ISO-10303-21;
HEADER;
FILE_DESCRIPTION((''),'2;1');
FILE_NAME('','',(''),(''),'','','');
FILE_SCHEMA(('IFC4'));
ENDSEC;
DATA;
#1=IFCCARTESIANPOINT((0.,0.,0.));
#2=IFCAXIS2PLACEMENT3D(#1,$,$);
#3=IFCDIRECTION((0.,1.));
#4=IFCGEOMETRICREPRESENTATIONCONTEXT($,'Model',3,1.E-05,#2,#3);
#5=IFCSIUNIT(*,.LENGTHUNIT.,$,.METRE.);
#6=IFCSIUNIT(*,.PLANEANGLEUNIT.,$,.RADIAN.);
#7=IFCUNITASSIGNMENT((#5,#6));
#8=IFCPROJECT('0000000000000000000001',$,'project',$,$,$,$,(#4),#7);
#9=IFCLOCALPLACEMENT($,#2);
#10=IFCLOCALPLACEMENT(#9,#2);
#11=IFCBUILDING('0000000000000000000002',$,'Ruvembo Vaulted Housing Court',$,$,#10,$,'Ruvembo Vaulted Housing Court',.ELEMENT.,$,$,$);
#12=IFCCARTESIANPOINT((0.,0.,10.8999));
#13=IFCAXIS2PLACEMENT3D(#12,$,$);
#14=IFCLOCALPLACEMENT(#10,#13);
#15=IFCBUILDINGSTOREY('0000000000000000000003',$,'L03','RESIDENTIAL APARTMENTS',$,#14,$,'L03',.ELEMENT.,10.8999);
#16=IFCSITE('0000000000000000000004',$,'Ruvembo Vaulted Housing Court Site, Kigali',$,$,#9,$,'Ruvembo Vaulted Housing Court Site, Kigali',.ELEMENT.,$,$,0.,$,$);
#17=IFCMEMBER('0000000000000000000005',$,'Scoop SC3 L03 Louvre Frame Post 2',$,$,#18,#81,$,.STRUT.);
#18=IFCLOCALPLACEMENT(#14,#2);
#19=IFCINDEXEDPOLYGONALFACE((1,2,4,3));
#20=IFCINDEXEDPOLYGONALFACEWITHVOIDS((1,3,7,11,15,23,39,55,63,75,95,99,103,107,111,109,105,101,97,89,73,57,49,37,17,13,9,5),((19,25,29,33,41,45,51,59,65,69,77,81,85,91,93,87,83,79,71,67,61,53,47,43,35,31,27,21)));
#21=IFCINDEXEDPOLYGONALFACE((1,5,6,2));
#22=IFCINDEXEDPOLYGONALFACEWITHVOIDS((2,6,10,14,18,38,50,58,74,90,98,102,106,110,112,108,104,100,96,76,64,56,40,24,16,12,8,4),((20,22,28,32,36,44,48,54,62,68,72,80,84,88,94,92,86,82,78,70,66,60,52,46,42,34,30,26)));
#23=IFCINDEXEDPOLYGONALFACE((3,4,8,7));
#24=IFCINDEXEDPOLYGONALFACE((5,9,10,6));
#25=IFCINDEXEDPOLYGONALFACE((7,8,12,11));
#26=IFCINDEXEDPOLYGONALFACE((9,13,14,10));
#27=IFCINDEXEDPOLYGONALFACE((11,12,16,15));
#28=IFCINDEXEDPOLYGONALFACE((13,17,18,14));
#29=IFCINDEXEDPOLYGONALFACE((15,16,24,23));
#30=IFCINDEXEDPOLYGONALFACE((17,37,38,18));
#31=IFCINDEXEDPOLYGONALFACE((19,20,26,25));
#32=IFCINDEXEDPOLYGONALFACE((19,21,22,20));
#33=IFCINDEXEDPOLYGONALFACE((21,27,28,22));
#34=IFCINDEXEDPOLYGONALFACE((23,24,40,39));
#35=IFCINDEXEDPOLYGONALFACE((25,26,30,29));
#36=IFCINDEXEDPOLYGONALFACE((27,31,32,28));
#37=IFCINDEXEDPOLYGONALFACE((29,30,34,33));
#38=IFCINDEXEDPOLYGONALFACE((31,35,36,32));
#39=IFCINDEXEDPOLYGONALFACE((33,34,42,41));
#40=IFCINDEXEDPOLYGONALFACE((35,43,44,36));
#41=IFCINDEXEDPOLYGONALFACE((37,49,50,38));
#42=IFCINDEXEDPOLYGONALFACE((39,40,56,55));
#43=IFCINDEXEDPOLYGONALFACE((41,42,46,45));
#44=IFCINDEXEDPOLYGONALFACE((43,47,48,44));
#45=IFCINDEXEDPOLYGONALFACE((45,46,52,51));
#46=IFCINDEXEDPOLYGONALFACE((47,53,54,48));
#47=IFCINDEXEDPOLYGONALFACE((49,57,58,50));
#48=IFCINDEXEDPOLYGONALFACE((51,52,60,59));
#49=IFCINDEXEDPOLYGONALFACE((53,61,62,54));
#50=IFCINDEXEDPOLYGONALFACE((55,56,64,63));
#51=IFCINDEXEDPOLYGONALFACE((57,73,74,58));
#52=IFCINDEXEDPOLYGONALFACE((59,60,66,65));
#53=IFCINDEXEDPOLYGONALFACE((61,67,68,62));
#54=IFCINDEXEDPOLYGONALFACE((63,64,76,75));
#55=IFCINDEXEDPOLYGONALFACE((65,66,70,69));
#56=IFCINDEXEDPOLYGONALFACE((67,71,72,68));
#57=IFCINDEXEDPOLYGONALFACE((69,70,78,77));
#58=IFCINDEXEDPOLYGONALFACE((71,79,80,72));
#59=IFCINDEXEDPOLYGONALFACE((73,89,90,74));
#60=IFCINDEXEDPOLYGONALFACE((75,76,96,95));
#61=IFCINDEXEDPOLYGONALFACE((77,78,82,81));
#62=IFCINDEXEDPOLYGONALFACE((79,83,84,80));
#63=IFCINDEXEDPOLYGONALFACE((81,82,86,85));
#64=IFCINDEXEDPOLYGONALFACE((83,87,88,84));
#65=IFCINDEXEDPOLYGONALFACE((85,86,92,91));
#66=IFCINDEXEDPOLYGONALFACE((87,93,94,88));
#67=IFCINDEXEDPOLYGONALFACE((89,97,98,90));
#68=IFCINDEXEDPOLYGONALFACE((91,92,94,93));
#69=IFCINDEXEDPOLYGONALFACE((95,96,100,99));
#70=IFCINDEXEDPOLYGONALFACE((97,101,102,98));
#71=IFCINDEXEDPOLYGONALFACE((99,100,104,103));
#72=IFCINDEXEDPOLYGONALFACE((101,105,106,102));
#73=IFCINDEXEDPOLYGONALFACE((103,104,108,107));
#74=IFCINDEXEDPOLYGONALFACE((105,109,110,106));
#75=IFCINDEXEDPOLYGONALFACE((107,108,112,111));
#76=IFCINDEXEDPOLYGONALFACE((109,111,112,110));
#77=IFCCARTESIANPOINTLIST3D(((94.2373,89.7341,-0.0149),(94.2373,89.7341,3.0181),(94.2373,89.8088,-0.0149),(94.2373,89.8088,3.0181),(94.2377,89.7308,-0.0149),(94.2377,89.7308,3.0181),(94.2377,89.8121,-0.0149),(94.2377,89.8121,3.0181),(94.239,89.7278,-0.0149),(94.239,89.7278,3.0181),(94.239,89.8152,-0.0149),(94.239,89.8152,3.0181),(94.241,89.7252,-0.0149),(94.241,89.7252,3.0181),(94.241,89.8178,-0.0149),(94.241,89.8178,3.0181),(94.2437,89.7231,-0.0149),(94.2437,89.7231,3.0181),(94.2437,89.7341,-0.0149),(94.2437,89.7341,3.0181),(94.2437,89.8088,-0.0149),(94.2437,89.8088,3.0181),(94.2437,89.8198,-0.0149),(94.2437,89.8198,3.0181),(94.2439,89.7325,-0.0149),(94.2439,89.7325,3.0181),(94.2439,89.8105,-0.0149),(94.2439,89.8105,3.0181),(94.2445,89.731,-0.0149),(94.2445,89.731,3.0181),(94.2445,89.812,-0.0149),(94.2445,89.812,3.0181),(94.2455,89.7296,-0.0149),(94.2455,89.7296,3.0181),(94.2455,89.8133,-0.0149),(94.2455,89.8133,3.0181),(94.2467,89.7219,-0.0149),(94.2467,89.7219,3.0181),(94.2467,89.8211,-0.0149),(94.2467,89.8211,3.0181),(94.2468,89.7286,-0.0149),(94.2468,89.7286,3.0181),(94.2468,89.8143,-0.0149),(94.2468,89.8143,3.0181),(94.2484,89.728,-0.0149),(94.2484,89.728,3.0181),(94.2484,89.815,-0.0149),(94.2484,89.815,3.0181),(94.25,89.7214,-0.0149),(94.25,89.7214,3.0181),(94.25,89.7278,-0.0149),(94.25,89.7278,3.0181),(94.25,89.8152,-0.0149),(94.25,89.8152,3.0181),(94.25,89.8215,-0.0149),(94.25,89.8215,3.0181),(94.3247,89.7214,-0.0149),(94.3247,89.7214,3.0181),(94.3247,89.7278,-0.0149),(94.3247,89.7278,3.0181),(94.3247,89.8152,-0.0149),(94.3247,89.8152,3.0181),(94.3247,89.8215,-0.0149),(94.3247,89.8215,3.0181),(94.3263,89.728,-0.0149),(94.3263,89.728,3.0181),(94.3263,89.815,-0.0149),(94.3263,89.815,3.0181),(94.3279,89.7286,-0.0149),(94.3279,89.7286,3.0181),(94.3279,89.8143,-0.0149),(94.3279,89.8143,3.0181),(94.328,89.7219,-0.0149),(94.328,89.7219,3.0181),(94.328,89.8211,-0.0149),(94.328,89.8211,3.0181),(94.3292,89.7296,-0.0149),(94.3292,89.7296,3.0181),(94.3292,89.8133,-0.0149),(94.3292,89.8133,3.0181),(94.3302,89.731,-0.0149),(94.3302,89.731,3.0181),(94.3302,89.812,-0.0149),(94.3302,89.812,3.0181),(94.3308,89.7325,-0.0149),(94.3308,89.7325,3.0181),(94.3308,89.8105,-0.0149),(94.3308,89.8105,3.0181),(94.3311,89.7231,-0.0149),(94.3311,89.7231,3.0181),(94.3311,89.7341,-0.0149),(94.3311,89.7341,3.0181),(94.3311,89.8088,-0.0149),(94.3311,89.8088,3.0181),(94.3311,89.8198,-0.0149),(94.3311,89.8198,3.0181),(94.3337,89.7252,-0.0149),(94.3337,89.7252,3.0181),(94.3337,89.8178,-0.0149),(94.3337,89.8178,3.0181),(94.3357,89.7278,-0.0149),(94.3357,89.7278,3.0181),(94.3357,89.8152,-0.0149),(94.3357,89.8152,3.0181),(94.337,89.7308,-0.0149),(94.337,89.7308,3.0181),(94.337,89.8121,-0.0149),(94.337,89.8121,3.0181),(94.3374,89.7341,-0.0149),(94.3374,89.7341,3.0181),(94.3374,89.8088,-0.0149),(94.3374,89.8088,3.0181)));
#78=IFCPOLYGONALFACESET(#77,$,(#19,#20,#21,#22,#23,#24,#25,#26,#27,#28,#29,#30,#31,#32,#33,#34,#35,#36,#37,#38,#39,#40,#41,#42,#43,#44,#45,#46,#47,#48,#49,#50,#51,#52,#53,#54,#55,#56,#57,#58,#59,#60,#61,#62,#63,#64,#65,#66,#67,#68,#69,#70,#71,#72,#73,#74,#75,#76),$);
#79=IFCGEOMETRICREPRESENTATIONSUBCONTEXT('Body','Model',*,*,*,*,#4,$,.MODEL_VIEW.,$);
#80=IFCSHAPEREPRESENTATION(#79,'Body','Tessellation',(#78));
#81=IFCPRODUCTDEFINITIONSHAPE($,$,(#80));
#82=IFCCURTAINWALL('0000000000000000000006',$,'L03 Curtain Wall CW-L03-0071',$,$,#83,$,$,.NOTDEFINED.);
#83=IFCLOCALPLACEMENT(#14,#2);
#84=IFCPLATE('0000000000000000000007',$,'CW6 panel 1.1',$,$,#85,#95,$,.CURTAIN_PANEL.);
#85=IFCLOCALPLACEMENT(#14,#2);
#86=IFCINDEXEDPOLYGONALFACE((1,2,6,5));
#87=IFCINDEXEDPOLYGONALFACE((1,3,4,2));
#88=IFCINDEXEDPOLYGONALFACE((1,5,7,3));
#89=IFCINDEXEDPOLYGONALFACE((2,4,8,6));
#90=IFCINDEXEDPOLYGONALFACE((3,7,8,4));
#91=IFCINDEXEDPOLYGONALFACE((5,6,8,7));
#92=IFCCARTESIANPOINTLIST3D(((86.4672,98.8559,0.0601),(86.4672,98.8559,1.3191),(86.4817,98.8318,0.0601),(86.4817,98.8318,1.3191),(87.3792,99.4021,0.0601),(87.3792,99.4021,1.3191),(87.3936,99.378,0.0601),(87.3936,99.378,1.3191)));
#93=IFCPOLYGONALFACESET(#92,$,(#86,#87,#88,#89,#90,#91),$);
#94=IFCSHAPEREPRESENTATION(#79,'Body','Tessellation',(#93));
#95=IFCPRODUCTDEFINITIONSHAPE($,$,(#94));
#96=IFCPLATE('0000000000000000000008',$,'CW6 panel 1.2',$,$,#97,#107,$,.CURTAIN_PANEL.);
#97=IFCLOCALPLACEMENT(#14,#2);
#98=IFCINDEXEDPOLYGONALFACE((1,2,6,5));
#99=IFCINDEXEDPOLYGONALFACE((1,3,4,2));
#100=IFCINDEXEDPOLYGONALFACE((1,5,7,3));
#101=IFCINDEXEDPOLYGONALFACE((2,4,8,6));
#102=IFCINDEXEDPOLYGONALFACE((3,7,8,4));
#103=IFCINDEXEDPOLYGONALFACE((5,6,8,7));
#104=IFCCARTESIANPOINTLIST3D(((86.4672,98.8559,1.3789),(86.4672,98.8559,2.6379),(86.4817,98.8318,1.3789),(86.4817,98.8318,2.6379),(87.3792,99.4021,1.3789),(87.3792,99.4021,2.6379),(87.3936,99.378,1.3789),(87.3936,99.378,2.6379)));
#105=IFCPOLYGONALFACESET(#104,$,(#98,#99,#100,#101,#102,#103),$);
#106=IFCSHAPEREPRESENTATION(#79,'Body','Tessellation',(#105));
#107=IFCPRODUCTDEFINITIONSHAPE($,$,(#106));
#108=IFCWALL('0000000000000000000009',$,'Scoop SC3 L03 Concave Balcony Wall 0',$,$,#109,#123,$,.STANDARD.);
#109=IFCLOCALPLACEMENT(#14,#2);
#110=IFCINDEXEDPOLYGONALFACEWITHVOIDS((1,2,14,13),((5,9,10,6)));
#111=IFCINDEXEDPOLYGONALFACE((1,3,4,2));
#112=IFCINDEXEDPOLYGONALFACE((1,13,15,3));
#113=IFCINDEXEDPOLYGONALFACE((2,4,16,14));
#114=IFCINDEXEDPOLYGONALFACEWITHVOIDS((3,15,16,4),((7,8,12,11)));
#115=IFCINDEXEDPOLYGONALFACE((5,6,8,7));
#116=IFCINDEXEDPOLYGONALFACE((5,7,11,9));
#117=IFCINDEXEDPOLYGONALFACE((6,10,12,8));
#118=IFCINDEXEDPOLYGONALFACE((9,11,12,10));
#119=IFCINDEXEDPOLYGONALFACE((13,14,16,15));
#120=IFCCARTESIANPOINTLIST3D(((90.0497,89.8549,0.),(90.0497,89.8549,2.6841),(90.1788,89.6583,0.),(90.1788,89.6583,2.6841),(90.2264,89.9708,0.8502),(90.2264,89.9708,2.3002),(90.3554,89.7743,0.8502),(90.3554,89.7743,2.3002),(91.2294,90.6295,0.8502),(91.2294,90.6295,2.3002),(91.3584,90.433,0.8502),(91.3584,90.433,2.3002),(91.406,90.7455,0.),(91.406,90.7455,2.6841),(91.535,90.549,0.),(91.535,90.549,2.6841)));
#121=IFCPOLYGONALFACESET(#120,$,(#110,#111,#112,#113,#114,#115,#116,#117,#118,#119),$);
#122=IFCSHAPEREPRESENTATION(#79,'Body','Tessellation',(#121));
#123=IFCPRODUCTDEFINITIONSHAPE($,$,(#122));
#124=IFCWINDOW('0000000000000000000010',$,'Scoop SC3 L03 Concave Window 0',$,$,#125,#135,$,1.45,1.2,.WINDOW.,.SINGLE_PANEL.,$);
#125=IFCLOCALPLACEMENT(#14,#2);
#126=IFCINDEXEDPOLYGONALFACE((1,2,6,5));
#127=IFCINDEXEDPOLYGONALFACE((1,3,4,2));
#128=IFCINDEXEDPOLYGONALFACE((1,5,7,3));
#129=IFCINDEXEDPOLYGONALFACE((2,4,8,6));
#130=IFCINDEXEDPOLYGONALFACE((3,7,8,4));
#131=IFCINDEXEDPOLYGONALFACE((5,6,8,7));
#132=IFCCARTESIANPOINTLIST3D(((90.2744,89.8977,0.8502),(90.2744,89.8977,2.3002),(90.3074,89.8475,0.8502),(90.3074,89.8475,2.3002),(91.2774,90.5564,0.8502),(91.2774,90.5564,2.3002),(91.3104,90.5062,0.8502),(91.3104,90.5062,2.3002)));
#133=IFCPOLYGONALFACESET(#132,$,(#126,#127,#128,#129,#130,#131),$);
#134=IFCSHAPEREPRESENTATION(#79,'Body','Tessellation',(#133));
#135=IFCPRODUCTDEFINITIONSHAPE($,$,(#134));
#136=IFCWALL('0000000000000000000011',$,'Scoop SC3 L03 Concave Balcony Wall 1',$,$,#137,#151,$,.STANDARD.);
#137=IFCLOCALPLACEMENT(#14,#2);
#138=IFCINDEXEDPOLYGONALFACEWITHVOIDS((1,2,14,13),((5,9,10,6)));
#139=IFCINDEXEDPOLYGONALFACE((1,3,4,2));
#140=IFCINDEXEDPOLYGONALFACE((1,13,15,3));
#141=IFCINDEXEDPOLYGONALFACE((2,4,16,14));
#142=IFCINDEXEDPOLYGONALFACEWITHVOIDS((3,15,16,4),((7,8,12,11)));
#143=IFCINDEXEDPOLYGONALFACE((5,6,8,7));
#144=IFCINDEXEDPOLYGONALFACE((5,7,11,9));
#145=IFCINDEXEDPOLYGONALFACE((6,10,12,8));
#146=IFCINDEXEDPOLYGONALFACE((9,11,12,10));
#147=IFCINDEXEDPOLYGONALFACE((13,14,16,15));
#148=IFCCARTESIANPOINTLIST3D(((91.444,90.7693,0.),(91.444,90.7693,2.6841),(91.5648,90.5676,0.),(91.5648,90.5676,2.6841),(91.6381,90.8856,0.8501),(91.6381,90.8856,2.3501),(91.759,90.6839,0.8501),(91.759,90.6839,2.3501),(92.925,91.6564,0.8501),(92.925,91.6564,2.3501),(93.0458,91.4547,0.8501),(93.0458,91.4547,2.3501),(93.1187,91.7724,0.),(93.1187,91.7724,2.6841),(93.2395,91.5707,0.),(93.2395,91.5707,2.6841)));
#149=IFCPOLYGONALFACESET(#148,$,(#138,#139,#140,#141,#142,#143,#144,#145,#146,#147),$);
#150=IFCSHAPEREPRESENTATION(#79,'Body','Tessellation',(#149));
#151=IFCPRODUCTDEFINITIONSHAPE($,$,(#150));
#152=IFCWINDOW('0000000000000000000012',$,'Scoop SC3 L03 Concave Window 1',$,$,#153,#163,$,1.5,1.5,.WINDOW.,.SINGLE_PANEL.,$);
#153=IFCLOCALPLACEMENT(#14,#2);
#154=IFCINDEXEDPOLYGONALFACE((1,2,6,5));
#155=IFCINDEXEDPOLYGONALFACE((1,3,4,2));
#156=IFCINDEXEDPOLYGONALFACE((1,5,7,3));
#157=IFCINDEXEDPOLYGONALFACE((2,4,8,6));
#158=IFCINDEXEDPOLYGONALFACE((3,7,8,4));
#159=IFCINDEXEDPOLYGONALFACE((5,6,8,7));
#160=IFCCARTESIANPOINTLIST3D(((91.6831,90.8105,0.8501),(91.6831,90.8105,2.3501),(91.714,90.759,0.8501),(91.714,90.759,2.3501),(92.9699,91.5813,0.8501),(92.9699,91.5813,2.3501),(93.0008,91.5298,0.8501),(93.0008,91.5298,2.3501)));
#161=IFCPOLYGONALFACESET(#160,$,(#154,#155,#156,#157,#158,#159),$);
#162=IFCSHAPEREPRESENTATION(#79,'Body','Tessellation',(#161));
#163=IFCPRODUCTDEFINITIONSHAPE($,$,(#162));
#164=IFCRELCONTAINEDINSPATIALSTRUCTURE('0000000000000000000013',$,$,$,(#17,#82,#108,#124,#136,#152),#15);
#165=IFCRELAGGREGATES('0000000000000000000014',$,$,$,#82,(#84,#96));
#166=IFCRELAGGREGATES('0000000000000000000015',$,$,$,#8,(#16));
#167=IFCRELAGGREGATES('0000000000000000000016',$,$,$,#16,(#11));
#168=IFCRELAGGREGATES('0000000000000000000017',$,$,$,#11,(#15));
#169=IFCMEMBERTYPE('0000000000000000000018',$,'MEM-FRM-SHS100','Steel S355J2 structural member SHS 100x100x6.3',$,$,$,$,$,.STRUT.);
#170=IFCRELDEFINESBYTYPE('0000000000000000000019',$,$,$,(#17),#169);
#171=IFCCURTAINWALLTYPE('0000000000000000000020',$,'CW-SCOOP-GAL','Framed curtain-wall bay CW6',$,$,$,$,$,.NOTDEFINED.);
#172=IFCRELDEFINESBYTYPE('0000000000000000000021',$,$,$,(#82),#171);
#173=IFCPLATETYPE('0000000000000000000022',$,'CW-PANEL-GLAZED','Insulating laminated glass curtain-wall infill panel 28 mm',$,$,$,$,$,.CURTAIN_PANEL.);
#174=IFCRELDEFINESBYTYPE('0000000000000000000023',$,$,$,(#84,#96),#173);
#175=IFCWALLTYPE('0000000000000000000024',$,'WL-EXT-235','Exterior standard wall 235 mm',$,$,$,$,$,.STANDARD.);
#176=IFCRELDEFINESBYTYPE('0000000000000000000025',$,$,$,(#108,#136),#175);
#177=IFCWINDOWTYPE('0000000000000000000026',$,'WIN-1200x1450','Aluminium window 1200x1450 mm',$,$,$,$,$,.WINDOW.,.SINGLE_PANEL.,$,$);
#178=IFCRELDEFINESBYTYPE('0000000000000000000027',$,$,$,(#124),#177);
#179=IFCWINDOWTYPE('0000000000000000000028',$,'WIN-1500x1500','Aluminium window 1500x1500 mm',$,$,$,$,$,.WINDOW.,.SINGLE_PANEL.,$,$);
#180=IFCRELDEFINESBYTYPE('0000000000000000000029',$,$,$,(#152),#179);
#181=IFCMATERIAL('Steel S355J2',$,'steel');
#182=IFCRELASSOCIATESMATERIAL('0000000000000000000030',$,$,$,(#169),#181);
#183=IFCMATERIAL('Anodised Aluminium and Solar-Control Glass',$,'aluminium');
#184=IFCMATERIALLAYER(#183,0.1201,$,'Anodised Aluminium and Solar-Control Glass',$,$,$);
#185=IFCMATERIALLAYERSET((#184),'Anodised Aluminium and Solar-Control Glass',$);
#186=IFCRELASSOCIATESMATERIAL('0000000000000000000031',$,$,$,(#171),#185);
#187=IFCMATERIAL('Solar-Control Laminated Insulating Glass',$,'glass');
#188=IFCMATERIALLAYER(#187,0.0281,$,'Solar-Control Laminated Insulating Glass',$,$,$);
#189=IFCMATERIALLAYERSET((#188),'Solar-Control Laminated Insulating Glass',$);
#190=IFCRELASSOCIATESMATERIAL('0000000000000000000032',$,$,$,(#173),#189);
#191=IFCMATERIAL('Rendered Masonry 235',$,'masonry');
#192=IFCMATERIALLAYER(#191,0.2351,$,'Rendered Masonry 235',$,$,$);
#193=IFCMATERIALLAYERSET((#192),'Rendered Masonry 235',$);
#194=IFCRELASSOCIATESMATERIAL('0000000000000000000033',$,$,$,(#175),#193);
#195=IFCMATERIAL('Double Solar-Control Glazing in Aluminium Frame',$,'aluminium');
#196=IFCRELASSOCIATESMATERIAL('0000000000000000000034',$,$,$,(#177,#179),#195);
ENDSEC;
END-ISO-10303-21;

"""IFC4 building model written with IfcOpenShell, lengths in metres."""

from ifc_helpers import new_model, si_unit, direction, frame, frame_2d, origin, origin_2d, place, context, subcontext, project, spatial, rectangle, hollow_rectangle, extrude, material, layer, layer_set, material_profile, profile_set, type_object, element, fill, aggregate, save


model = new_model("IFC4")

# Units and contexts
model_context = context("Model", 3, precision=1e-05, world=origin(), true_north=direction((0.0, 1.0)))
body_context = subcontext(model_context, "Body", "Model", "MODEL_VIEW")
ifc_project = project(units=[si_unit("LENGTHUNIT", "METRE"), si_unit("PLANEANGLEUNIT", "RADIAN")], contexts=[model_context])

# Site, building, storey
site_placement = place(None, origin())
site = spatial("IfcSite", under=ifc_project, at=site_placement, Name="Ruvembo Vaulted Housing Court Site, Kigali", LongName="Ruvembo Vaulted Housing Court Site, Kigali", CompositionType="ELEMENT", RefElevation=0.0)
building_placement = place(site_placement, origin())
building = spatial("IfcBuilding", under=site, at=building_placement, Name="Ruvembo Vaulted Housing Court", LongName="Ruvembo Vaulted Housing Court", CompositionType="ELEMENT")
storey_placement = place(building_placement, frame((0.0, 0.0, 10.8999)))
storey = spatial("IfcBuildingStorey", under=building, at=storey_placement, Name="L03", Description="RESIDENTIAL APARTMENTS", LongName="L03", CompositionType="ELEMENT", Elevation=10.8999)

# Shared definitions
ifc_material_1 = material(Name="Steel S355J2", Category="steel")

# Member
ifc_material_profile_1 = material_profile(ifc_material_1, hollow_rectangle(XDim=0.1001, YDim=0.1001, WallThickness=0.0063, InnerFilletRadius=0.0063, OuterFilletRadius=0.0127, at=origin_2d()), Name="SHS 100x100x6.3")
ifc_profile_set_1 = profile_set([ifc_material_profile_1], Name="Steel S355J2")
member_type_1 = type_object("IfcMemberType", Name="MEM-FRM-SHS100", Description="Steel S355J2 structural member SHS 100x100x6.3", PredefinedType="STRUT", material=ifc_profile_set_1)
member_1_placement = place(storey_placement, frame((94.2874, 89.7715, -0.0149), z_axis=(0.0, 0.0, 1.0), x_axis=(1.0, 0.0, 0.0)))
element("IfcMember", 1, at=member_1_placement, inside=storey, type_object=member_type_1, Name="Scoop SC3 L03 Louvre Frame Post 2", PredefinedType="STRUT", context=body_context, shape_type="SweptSolid", body=[
    extrude(hollow_rectangle(XDim=0.1001, YDim=0.1001, WallThickness=0.0063, InnerFilletRadius=0.0063, OuterFilletRadius=0.0127, at=origin_2d()), origin(), (0.0, 0.0, 1.0), 3.033),
])

# Curtain wall, plates
ifc_material_2 = material(Name="Anodised Aluminium and Solar-Control Glass", Category="aluminium")
ifc_layer_1 = layer(ifc_material_2, 0.1201, Name="Anodised Aluminium and Solar-Control Glass")
ifc_layer_set_1 = layer_set([ifc_layer_1], Name="Anodised Aluminium and Solar-Control Glass")
curtain_wall_type = type_object("IfcCurtainWallType", Name="CW-SCOOP-GAL", Description="Framed curtain-wall bay CW6", PredefinedType="NOTDEFINED", material=ifc_layer_set_1)
curtain_wall_placement = place(storey_placement, origin())
curtain_wall = element("IfcCurtainWall", 2, at=curtain_wall_placement, inside=storey, type_object=curtain_wall_type, Name="L03 Curtain Wall CW-L03-0071", PredefinedType="NOTDEFINED")
ifc_material_3 = material(Name="Solar-Control Laminated Insulating Glass", Category="glass")
ifc_layer_2 = layer(ifc_material_3, 0.0281, Name="Solar-Control Laminated Insulating Glass")
ifc_layer_set_2 = layer_set([ifc_layer_2], Name="Solar-Control Laminated Insulating Glass")
plate_type = type_object("IfcPlateType", Name="CW-PANEL-GLAZED", Description="Insulating laminated glass curtain-wall infill panel 28 mm", PredefinedType="CURTAIN_PANEL", material=ifc_layer_set_2)
plate_1_placement = place(storey_placement, frame((86.9304, 99.1169, 0.0601), z_axis=(0.0, 0.0, 1.0), x_axis=(0.857893, 0.513828, 0.0)))
plate_1 = element("IfcPlate", 3, at=plate_1_placement, type_object=plate_type, Name="CW6 panel 1.1", PredefinedType="CURTAIN_PANEL", context=body_context, shape_type="SweptSolid", body=[
    extrude(rectangle(XDim=1.063, YDim=0.0281, at=origin_2d()), origin(), (0.0, 0.0, 1.0), 1.259),
])
plate_2_placement = place(storey_placement, frame((86.9304, 99.1169, 1.3789), z_axis=(0.0, 0.0, 1.0), x_axis=(0.857893, 0.513828, 0.0)))
plate_2 = element("IfcPlate", 4, at=plate_2_placement, type_object=plate_type, Name="CW6 panel 1.2", PredefinedType="CURTAIN_PANEL", context=body_context, shape_type="SweptSolid", body=[
    extrude(rectangle(XDim=1.063, YDim=0.0281, at=origin_2d()), origin(), (0.0, 0.0, 1.0), 1.259),
])
aggregate(curtain_wall, [plate_1, plate_2])

# Walls, openings, windows
ifc_material_4 = material(Name="Rendered Masonry 235", Category="masonry")
ifc_layer_3 = layer(ifc_material_4, 0.2351, Name="Rendered Masonry 235")
ifc_layer_set_3 = layer_set([ifc_layer_3], Name="Rendered Masonry 235")
wall_type_1 = type_object("IfcWallType", Name="WL-EXT-235", Description="Exterior standard wall 235 mm", PredefinedType="STANDARD", material=ifc_layer_set_3)
wall_1_placement = place(storey_placement, frame((90.1143, 89.7566, 0.0), z_axis=(0.0, 0.0, 1.0), x_axis=(0.835873, 0.548923, 0.0)))
wall_1 = element("IfcWall", 5, at=wall_1_placement, inside=storey, type_object=wall_type_1, Name="Scoop SC3 L03 Concave Balcony Wall 0", PredefinedType="STANDARD", context=body_context, shape_type="SweptSolid", body=[
    extrude(rectangle(XDim=1.6226, YDim=0.2351, at=frame_2d((0.8113, 0.0))), origin(), (0.0, 0.0, 1.0), 2.6841),
])
opening_1_placement = place(wall_1_placement, frame((0.2112, 0.0, 0.8501)))
opening_1 = element("IfcOpeningElement", 6, at=opening_1_placement, cuts=wall_1, PredefinedType="OPENING", context=body_context, shape_type="SweptSolid", body=[
    extrude(rectangle(XDim=1.2, YDim=1.45, at=frame_2d((0.6001, 0.7251))), frame((0.0, 0.1274, 0.0), z_axis=(0.0, -1.0, 0.0), x_axis=(1.0, 0.0, 0.0)), (0.0, 0.0, 1.0), 0.2551),
])
ifc_material_5 = material(Name="Double Solar-Control Glazing in Aluminium Frame", Category="aluminium")
window_type_1 = type_object("IfcWindowType", Name="WIN-1200x1450", Description="Aluminium window 1200x1450 mm", PartitioningType="SINGLE_PANEL", PredefinedType="WINDOW", material=ifc_material_5)
window_1_placement = place(opening_1_placement, origin())
window_1 = element("IfcWindow", 7, at=window_1_placement, inside=storey, type_object=window_type_1, Name="Scoop SC3 L03 Concave Window 0", OverallHeight=1.45, OverallWidth=1.2, PartitioningType="SINGLE_PANEL", PredefinedType="WINDOW", context=body_context, shape_type="SweptSolid", body=[
    extrude(rectangle(XDim=1.2, YDim=1.45, at=frame_2d((0.6001, 0.7251))), frame((0.0, 0.03, 0.0), z_axis=(0.0, -1.0, 0.0), x_axis=(1.0, 0.0, 0.0)), (0.0, 0.0, 1.0), 0.0601),
])
fill(opening_1, window_1)
wall_2_placement = place(storey_placement, frame((91.5044, 90.6685, 0.0), z_axis=(0.0, 0.0, 1.0), x_axis=(0.857879, 0.513852, 0.0)))
wall_2 = element("IfcWall", 8, at=wall_2_placement, inside=storey, type_object=wall_type_1, Name="Scoop SC3 L03 Concave Balcony Wall 1", PredefinedType="STANDARD", context=body_context, shape_type="SweptSolid", body=[
    extrude(rectangle(XDim=1.9521, YDim=0.2351, at=frame_2d((0.9761, 0.0))), origin(), (0.0, 0.0, 1.0), 2.6841),
])
opening_2_placement = place(wall_2_placement, frame((0.2263, 0.0, 0.8501)))
opening_2 = element("IfcOpeningElement", 9, at=opening_2_placement, cuts=wall_2, PredefinedType="OPENING", context=body_context, shape_type="SweptSolid", body=[
    extrude(rectangle(XDim=1.5, YDim=1.5, at=frame_2d((0.75, 0.75))), frame((0.0, 0.1274, 0.0), z_axis=(0.0, -1.0, 0.0), x_axis=(1.0, 0.0, 0.0)), (0.0, 0.0, 1.0), 0.2551),
])
window_type_2 = type_object("IfcWindowType", Name="WIN-1500x1500", Description="Aluminium window 1500x1500 mm", PartitioningType="SINGLE_PANEL", PredefinedType="WINDOW", material=ifc_material_5)
window_2_placement = place(opening_2_placement, origin())
window_2 = element("IfcWindow", 10, at=window_2_placement, inside=storey, type_object=window_type_2, Name="Scoop SC3 L03 Concave Window 1", OverallHeight=1.5, OverallWidth=1.5, PartitioningType="SINGLE_PANEL", PredefinedType="WINDOW", context=body_context, shape_type="SweptSolid", body=[
    extrude(rectangle(XDim=1.5, YDim=1.5, at=frame_2d((0.75, 0.75))), frame((0.0, 0.03, 0.0), z_axis=(0.0, -1.0, 0.0), x_axis=(1.0, 0.0, 0.0)), (0.0, 0.0, 1.0), 0.0601),
])
fill(opening_2, window_2)

save(model, "model.ifc")
